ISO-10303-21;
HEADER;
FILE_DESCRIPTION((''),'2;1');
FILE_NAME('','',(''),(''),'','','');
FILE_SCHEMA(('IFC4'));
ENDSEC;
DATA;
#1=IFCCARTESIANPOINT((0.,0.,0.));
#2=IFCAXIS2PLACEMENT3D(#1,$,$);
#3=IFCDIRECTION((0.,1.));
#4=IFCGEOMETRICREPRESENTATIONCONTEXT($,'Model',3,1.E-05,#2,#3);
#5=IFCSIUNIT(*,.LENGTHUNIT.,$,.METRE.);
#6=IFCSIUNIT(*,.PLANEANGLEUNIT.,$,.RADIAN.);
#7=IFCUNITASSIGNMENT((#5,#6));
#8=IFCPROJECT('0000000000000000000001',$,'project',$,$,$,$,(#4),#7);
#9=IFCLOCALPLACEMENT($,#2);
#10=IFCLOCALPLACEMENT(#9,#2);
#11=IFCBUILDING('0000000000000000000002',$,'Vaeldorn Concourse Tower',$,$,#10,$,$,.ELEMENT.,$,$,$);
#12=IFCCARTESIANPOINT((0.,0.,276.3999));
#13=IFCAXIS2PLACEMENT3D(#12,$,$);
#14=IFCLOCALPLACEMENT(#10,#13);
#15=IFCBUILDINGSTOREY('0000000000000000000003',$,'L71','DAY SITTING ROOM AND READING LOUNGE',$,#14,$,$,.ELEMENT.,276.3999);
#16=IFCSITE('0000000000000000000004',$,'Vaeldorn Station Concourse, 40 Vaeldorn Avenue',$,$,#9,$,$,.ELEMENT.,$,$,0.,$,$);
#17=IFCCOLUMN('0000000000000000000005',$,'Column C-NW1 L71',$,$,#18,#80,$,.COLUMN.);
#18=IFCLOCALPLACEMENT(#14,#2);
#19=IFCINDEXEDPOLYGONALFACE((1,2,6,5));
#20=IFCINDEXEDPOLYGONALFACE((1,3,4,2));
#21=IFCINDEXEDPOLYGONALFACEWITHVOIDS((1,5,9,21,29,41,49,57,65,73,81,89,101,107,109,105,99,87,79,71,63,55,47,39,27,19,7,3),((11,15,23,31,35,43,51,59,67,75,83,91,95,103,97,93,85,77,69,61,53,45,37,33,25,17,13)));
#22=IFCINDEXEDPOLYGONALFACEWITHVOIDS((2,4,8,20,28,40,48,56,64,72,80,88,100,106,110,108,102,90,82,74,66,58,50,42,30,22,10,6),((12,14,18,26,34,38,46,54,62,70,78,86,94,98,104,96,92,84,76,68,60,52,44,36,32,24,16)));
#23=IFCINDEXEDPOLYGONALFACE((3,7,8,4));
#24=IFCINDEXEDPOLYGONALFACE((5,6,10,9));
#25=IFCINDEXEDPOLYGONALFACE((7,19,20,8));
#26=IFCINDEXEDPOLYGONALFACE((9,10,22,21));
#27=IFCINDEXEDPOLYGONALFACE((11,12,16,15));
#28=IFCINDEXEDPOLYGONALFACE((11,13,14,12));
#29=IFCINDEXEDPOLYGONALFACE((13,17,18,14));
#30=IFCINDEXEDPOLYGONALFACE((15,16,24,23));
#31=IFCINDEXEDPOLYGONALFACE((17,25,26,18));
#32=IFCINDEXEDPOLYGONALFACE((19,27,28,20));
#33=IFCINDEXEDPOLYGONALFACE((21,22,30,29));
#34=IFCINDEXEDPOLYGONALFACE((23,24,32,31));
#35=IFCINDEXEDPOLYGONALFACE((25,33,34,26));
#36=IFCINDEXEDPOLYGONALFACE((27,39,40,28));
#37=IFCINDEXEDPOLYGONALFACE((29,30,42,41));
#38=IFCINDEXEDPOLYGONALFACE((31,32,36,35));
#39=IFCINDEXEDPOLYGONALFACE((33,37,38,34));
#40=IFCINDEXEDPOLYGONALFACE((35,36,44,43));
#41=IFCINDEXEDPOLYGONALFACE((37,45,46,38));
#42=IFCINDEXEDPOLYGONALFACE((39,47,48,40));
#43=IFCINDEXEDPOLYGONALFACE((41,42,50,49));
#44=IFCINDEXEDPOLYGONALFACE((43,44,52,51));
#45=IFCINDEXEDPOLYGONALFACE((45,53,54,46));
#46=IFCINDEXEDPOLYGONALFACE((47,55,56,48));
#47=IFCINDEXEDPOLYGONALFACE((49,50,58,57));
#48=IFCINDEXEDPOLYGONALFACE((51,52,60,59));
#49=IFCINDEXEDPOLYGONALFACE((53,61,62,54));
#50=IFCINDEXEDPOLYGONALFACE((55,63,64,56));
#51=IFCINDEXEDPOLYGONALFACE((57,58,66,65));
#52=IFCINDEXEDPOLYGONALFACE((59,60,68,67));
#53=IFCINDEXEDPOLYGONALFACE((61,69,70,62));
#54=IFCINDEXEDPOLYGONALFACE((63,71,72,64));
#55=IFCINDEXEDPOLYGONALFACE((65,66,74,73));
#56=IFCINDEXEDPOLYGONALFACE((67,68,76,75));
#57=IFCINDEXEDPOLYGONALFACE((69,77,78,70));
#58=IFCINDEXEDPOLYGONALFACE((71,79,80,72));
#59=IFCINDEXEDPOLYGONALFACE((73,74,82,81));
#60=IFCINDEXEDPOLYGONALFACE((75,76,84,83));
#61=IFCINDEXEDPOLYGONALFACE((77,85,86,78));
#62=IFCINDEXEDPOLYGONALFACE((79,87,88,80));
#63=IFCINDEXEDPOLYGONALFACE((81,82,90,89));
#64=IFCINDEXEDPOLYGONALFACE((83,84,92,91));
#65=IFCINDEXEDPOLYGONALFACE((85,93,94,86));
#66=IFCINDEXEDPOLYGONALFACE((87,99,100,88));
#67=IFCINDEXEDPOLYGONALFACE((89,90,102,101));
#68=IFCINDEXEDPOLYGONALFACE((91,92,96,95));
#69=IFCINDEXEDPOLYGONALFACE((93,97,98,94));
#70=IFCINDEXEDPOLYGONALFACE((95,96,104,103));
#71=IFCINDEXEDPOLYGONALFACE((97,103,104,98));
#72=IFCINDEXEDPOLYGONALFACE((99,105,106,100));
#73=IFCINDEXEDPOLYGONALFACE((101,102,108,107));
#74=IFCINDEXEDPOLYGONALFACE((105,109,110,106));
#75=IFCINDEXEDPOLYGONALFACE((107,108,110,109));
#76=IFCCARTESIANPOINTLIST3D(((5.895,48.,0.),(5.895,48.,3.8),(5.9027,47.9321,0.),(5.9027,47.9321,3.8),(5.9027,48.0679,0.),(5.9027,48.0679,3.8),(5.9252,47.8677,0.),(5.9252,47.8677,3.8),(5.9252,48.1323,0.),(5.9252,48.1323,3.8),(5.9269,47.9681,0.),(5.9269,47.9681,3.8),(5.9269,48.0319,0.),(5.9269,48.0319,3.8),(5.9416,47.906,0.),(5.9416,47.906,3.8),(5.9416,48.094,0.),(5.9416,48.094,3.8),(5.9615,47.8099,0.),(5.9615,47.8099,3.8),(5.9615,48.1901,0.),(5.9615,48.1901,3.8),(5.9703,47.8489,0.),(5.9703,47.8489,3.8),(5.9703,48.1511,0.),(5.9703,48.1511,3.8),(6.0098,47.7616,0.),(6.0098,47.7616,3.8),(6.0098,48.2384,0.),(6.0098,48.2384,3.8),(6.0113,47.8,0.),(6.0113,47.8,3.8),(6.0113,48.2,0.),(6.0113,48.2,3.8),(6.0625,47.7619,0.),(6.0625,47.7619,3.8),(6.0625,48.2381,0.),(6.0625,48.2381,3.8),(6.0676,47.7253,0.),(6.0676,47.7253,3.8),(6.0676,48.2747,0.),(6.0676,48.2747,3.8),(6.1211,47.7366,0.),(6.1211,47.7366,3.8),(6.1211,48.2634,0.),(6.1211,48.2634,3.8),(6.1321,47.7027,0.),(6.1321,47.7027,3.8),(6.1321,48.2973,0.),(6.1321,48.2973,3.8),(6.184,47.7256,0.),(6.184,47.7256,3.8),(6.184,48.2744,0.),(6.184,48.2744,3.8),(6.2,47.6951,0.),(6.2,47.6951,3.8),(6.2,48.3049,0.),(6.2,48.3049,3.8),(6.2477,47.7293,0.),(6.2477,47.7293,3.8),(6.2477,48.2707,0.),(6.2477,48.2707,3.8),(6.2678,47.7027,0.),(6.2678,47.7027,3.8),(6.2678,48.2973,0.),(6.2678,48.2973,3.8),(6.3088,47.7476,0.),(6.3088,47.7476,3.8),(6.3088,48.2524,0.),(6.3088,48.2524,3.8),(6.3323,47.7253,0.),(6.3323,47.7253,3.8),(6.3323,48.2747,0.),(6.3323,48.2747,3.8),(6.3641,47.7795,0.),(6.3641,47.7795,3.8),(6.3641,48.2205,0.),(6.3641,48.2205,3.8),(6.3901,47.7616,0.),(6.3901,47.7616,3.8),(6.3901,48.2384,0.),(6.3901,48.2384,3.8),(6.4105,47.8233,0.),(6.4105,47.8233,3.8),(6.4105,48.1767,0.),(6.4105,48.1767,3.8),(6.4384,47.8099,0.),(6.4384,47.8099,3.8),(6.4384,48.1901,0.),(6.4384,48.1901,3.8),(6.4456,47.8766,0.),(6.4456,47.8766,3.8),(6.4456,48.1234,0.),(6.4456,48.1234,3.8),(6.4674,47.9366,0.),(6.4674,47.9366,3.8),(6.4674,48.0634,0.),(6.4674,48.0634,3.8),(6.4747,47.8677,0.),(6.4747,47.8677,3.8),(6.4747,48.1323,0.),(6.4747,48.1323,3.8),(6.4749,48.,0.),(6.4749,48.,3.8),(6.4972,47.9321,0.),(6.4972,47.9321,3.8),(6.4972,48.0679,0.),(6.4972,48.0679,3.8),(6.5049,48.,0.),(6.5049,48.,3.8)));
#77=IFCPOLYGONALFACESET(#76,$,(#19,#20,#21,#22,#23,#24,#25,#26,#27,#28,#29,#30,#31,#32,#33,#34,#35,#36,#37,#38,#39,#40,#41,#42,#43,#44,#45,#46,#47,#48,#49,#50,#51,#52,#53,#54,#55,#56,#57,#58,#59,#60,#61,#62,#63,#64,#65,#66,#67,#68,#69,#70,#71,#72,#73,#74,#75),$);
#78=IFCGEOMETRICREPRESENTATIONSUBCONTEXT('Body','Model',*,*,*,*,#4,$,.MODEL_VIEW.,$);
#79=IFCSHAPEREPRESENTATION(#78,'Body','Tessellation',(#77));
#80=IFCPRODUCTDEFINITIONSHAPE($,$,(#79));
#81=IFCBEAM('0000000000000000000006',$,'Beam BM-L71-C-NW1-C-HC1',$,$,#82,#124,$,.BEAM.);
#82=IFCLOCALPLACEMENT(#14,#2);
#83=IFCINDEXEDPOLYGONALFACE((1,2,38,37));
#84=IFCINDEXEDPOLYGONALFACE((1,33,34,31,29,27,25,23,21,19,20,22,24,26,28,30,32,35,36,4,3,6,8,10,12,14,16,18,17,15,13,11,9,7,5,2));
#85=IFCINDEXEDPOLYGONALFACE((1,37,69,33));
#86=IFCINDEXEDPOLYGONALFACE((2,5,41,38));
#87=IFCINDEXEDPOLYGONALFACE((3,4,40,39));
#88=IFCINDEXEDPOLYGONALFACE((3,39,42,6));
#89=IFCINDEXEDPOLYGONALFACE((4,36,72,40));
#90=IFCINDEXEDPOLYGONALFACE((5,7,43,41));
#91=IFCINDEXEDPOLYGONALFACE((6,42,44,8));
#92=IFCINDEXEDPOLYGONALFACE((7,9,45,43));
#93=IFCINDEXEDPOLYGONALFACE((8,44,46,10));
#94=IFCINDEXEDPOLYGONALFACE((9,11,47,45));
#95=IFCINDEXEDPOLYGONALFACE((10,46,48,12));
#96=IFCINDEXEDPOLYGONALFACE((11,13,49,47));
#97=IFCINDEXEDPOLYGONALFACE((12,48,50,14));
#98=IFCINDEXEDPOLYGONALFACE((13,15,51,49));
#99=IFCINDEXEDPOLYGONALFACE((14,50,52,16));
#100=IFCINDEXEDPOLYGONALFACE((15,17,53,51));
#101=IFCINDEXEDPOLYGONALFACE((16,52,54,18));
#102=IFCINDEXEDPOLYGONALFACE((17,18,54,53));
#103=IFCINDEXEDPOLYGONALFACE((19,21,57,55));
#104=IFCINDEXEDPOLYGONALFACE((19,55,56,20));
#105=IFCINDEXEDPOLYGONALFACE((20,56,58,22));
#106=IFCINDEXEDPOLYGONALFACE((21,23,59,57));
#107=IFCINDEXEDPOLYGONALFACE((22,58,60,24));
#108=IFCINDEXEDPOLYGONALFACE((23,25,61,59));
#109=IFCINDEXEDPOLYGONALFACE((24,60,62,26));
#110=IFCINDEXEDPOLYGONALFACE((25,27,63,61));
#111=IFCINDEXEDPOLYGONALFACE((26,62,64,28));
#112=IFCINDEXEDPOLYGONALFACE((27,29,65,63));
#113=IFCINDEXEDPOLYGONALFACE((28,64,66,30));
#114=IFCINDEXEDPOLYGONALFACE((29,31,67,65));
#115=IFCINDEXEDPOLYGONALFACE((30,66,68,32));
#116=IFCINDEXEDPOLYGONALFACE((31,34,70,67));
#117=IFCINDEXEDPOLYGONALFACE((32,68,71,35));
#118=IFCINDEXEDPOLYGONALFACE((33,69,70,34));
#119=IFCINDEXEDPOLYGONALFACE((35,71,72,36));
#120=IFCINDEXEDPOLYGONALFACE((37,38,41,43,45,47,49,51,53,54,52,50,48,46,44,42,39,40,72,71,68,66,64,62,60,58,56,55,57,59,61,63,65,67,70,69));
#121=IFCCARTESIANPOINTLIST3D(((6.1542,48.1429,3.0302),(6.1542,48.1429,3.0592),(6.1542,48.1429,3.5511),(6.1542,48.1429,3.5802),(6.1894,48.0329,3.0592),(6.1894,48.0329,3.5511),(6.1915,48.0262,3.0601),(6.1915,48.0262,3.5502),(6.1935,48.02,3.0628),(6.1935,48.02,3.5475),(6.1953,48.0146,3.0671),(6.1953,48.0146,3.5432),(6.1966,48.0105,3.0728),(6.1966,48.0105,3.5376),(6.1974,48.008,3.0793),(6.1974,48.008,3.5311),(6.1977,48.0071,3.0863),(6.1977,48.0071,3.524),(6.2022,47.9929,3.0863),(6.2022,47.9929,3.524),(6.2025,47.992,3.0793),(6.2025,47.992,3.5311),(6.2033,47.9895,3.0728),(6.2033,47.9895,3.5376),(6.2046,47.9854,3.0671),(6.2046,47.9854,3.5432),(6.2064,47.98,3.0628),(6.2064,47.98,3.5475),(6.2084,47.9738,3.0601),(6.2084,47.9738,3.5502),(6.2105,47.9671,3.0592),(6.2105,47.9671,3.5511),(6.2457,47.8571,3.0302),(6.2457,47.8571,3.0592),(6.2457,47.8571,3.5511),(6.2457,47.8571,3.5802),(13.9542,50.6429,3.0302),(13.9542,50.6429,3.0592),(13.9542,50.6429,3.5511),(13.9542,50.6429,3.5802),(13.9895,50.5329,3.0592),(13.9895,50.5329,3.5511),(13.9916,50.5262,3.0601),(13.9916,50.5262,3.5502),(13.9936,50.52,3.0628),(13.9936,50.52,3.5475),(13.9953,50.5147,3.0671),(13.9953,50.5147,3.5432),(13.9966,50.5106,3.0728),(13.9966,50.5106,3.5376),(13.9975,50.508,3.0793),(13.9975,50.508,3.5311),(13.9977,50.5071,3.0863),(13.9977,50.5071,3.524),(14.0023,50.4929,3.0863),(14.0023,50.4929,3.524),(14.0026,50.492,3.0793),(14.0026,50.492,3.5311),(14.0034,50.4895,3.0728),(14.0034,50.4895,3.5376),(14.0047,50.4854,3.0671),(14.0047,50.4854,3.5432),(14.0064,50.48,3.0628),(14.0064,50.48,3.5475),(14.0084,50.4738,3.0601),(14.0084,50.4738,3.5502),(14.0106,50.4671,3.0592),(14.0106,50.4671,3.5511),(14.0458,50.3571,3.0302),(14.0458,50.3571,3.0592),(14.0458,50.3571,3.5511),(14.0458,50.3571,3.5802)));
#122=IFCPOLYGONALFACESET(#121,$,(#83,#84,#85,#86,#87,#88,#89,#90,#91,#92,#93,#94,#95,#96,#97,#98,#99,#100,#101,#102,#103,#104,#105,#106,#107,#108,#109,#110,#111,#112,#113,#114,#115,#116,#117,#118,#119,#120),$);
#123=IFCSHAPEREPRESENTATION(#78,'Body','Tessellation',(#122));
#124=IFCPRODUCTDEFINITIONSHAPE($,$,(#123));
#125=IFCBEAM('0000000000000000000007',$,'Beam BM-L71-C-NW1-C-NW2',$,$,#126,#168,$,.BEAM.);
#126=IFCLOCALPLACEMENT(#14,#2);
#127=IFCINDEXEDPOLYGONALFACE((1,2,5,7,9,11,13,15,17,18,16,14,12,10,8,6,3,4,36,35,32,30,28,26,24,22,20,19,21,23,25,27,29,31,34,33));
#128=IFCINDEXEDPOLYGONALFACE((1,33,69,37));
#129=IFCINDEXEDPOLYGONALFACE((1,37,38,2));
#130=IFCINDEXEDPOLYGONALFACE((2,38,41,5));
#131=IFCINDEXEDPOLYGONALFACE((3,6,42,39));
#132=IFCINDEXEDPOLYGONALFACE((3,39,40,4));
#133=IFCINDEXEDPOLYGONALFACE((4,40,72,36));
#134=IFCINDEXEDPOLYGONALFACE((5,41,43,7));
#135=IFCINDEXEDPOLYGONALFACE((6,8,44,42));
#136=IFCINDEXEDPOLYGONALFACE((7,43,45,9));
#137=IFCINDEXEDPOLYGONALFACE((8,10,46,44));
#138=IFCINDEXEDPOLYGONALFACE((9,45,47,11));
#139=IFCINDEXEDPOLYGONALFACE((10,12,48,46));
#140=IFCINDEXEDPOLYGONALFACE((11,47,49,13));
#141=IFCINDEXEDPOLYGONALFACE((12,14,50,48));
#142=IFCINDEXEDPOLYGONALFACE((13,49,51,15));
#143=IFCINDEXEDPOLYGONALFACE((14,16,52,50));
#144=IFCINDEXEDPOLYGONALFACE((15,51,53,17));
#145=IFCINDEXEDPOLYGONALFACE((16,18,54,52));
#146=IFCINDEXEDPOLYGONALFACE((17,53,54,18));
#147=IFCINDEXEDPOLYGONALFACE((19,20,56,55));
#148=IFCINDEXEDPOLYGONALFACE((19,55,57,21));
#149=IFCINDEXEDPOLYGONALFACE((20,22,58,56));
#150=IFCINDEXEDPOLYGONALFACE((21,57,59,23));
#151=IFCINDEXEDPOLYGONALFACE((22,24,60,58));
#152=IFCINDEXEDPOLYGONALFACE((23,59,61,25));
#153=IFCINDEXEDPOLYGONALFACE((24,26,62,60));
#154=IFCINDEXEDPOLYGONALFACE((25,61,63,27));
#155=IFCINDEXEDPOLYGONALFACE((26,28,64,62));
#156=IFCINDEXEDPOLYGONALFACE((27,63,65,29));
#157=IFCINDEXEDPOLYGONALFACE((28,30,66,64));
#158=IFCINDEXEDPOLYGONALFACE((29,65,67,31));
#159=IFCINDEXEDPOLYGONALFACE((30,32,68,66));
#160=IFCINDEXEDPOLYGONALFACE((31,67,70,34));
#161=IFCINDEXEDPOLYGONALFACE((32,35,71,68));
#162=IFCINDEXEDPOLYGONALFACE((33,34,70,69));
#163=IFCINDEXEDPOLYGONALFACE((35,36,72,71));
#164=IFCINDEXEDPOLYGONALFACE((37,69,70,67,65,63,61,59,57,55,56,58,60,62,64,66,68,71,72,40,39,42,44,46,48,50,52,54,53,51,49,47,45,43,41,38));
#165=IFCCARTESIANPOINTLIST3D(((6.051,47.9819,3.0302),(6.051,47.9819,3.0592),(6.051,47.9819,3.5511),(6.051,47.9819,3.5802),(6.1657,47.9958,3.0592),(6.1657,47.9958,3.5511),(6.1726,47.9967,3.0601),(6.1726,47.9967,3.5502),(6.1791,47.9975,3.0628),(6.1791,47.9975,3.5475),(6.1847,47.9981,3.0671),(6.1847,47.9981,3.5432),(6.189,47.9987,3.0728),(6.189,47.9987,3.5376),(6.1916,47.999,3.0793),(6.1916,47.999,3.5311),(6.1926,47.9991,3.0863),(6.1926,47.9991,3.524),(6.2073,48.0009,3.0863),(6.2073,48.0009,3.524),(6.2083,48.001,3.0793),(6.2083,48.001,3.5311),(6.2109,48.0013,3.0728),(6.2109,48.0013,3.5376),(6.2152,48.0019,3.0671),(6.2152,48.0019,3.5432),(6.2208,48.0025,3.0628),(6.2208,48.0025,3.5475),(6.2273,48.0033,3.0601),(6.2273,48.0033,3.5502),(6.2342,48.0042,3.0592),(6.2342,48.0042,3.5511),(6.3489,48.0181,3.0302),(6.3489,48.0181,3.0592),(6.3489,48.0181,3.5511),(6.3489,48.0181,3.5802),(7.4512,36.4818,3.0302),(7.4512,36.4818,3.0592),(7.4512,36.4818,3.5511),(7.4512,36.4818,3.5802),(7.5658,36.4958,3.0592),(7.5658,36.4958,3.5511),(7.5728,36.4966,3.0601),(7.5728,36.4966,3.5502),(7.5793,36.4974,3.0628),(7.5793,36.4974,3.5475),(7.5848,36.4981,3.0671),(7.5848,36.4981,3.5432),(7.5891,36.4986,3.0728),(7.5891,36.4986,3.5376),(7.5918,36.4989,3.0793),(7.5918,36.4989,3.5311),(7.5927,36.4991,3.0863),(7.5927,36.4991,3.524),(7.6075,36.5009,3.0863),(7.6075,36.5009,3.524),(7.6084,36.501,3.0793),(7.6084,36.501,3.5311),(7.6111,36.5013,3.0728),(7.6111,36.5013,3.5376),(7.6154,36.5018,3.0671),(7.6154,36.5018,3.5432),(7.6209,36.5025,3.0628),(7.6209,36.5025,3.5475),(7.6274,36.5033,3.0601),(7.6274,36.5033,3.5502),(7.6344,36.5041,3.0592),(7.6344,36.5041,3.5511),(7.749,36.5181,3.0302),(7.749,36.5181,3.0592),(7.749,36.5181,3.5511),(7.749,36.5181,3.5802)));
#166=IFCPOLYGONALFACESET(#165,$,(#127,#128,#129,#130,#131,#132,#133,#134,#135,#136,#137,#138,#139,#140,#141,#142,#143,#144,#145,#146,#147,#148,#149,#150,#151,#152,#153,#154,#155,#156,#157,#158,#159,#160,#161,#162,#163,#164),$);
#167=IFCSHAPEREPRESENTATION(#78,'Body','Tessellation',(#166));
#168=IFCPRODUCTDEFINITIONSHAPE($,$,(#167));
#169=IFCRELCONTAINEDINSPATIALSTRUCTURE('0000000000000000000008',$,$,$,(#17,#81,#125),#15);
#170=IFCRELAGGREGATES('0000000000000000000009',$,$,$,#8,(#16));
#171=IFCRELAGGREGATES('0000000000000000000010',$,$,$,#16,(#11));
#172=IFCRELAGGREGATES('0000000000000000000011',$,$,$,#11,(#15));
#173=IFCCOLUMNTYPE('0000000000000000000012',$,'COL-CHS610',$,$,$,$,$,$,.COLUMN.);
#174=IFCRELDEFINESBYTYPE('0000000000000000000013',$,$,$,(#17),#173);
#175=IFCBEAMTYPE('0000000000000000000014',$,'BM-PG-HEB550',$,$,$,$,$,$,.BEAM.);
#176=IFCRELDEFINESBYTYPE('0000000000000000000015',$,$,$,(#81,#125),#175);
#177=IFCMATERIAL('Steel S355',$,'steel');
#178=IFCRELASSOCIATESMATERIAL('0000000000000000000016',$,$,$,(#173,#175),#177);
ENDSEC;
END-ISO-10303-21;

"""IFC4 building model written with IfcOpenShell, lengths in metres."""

from ifc_helpers import new_model, si_unit, direction, frame, origin, origin_2d, place, context, subcontext, project, spatial, hollow_circle, i_section, extrude, source, transform, mapped, material, material_profile, profile_set, type_object, element, save


model = new_model("IFC4")

# Units and contexts
model_context = context("Model", 3, precision=1e-05, world=origin(), true_north=direction((0.0, 1.0)))
body_context = subcontext(model_context, "Body", "Model", "MODEL_VIEW")
ifc_project = project(units=[si_unit("LENGTHUNIT", "METRE"), si_unit("PLANEANGLEUNIT", "RADIAN")], contexts=[model_context])

# Site, building, storey
site_placement = place(None, origin())
site = spatial("IfcSite", under=ifc_project, at=site_placement, Name="Vaeldorn Station Concourse, 40 Vaeldorn Avenue", CompositionType="ELEMENT", RefElevation=0.0)
building_placement = place(site_placement, origin())
building = spatial("IfcBuilding", under=site, at=building_placement, Name="Vaeldorn Concourse Tower", CompositionType="ELEMENT")
storey_placement = place(building_placement, frame((0.0, 0.0, 276.3999)))
storey = spatial("IfcBuildingStorey", under=building, at=storey_placement, Name="L71", Description="DAY SITTING ROOM AND READING LOUNGE", CompositionType="ELEMENT", Elevation=276.3999)

# Column
ifc_material_1 = material(Name="Steel S355", Category="steel")
ifc_material_profile_1 = material_profile(ifc_material_1, hollow_circle(Radius=0.3049, WallThickness=0.03, at=origin_2d()), Name="CHS 610x30")
ifc_profile_set_1 = profile_set([ifc_material_profile_1], Name="Steel S355")
column_type = type_object("IfcColumnType", Name="COL-CHS610", PredefinedType="COLUMN", material=ifc_profile_set_1)
shared_shape_1 = source(origin(), body_context, "Body", "SweptSolid", [
    extrude(hollow_circle(Radius=0.3049, WallThickness=0.03, at=origin_2d()), origin(), (0.0, 0.0, 1.0), 3.8),
])
column_placement = place(storey_placement, frame((6.2, 48.0, 0.0), z_axis=(0.0, 0.0, 1.0), x_axis=(1.0, 0.0, 0.0)))
element("IfcColumn", 1, at=column_placement, inside=storey, type_object=column_type, Name="Column C-NW1 L71", PredefinedType="COLUMN", context=body_context, shape_type="MappedRepresentation", body=[
    mapped(shared_shape_1, transform((0.0, 0.0, 0.0), scale=1.0)),
])

# Beams
ifc_material_profile_2 = material_profile(ifc_material_1, i_section(OverallWidth=0.3, OverallDepth=0.55, WebThickness=0.0149, FlangeThickness=0.0291, FilletRadius=0.0271, at=origin_2d()), Name="HEB 550")
ifc_profile_set_2 = profile_set([ifc_material_profile_2], Name="Steel S355")
beam_type_1 = type_object("IfcBeamType", Name="BM-PG-HEB550", PredefinedType="BEAM", material=ifc_profile_set_2)
shared_shape_2 = source(origin(), body_context, "Body", "SweptSolid", [
    extrude(i_section(OverallWidth=0.3, OverallDepth=0.55, WebThickness=0.0149, FlangeThickness=0.0291, FilletRadius=0.0271, at=origin_2d()), origin(), (0.0, 0.0, 1.0), 8.1909),
])
beam_1_placement = place(storey_placement, frame((6.2, 48.0, 3.3052), z_axis=(0.952283, 0.305217, 0.0), x_axis=(-0.305217, 0.952283, 0.0)))
element("IfcBeam", 2, at=beam_1_placement, inside=storey, type_object=beam_type_1, Name="Beam BM-L71-C-NW1-C-HC1", PredefinedType="BEAM", context=body_context, shape_type="MappedRepresentation", body=[
    mapped(shared_shape_2, transform((0.0, 0.0, 0.0), scale=1.0)),
])
shared_shape_3 = source(origin(), body_context, "Body", "SweptSolid", [
    extrude(i_section(OverallWidth=0.3, OverallDepth=0.55, WebThickness=0.0149, FlangeThickness=0.0291, FilletRadius=0.0271, at=origin_2d()), origin(), (0.0, 0.0, 1.0), 11.585),
])
beam_2_placement = place(storey_placement, frame((6.2, 48.0, 3.3052), z_axis=(0.120859, -0.99267, 0.0), x_axis=(0.99267, 0.120859, 0.0)))
element("IfcBeam", 3, at=beam_2_placement, inside=storey, type_object=beam_type_1, Name="Beam BM-L71-C-NW1-C-NW2", PredefinedType="BEAM", context=body_context, shape_type="MappedRepresentation", body=[
    mapped(shared_shape_3, transform((0.0, 0.0, 0.0), scale=1.0)),
])

save(model, "model.ifc")
